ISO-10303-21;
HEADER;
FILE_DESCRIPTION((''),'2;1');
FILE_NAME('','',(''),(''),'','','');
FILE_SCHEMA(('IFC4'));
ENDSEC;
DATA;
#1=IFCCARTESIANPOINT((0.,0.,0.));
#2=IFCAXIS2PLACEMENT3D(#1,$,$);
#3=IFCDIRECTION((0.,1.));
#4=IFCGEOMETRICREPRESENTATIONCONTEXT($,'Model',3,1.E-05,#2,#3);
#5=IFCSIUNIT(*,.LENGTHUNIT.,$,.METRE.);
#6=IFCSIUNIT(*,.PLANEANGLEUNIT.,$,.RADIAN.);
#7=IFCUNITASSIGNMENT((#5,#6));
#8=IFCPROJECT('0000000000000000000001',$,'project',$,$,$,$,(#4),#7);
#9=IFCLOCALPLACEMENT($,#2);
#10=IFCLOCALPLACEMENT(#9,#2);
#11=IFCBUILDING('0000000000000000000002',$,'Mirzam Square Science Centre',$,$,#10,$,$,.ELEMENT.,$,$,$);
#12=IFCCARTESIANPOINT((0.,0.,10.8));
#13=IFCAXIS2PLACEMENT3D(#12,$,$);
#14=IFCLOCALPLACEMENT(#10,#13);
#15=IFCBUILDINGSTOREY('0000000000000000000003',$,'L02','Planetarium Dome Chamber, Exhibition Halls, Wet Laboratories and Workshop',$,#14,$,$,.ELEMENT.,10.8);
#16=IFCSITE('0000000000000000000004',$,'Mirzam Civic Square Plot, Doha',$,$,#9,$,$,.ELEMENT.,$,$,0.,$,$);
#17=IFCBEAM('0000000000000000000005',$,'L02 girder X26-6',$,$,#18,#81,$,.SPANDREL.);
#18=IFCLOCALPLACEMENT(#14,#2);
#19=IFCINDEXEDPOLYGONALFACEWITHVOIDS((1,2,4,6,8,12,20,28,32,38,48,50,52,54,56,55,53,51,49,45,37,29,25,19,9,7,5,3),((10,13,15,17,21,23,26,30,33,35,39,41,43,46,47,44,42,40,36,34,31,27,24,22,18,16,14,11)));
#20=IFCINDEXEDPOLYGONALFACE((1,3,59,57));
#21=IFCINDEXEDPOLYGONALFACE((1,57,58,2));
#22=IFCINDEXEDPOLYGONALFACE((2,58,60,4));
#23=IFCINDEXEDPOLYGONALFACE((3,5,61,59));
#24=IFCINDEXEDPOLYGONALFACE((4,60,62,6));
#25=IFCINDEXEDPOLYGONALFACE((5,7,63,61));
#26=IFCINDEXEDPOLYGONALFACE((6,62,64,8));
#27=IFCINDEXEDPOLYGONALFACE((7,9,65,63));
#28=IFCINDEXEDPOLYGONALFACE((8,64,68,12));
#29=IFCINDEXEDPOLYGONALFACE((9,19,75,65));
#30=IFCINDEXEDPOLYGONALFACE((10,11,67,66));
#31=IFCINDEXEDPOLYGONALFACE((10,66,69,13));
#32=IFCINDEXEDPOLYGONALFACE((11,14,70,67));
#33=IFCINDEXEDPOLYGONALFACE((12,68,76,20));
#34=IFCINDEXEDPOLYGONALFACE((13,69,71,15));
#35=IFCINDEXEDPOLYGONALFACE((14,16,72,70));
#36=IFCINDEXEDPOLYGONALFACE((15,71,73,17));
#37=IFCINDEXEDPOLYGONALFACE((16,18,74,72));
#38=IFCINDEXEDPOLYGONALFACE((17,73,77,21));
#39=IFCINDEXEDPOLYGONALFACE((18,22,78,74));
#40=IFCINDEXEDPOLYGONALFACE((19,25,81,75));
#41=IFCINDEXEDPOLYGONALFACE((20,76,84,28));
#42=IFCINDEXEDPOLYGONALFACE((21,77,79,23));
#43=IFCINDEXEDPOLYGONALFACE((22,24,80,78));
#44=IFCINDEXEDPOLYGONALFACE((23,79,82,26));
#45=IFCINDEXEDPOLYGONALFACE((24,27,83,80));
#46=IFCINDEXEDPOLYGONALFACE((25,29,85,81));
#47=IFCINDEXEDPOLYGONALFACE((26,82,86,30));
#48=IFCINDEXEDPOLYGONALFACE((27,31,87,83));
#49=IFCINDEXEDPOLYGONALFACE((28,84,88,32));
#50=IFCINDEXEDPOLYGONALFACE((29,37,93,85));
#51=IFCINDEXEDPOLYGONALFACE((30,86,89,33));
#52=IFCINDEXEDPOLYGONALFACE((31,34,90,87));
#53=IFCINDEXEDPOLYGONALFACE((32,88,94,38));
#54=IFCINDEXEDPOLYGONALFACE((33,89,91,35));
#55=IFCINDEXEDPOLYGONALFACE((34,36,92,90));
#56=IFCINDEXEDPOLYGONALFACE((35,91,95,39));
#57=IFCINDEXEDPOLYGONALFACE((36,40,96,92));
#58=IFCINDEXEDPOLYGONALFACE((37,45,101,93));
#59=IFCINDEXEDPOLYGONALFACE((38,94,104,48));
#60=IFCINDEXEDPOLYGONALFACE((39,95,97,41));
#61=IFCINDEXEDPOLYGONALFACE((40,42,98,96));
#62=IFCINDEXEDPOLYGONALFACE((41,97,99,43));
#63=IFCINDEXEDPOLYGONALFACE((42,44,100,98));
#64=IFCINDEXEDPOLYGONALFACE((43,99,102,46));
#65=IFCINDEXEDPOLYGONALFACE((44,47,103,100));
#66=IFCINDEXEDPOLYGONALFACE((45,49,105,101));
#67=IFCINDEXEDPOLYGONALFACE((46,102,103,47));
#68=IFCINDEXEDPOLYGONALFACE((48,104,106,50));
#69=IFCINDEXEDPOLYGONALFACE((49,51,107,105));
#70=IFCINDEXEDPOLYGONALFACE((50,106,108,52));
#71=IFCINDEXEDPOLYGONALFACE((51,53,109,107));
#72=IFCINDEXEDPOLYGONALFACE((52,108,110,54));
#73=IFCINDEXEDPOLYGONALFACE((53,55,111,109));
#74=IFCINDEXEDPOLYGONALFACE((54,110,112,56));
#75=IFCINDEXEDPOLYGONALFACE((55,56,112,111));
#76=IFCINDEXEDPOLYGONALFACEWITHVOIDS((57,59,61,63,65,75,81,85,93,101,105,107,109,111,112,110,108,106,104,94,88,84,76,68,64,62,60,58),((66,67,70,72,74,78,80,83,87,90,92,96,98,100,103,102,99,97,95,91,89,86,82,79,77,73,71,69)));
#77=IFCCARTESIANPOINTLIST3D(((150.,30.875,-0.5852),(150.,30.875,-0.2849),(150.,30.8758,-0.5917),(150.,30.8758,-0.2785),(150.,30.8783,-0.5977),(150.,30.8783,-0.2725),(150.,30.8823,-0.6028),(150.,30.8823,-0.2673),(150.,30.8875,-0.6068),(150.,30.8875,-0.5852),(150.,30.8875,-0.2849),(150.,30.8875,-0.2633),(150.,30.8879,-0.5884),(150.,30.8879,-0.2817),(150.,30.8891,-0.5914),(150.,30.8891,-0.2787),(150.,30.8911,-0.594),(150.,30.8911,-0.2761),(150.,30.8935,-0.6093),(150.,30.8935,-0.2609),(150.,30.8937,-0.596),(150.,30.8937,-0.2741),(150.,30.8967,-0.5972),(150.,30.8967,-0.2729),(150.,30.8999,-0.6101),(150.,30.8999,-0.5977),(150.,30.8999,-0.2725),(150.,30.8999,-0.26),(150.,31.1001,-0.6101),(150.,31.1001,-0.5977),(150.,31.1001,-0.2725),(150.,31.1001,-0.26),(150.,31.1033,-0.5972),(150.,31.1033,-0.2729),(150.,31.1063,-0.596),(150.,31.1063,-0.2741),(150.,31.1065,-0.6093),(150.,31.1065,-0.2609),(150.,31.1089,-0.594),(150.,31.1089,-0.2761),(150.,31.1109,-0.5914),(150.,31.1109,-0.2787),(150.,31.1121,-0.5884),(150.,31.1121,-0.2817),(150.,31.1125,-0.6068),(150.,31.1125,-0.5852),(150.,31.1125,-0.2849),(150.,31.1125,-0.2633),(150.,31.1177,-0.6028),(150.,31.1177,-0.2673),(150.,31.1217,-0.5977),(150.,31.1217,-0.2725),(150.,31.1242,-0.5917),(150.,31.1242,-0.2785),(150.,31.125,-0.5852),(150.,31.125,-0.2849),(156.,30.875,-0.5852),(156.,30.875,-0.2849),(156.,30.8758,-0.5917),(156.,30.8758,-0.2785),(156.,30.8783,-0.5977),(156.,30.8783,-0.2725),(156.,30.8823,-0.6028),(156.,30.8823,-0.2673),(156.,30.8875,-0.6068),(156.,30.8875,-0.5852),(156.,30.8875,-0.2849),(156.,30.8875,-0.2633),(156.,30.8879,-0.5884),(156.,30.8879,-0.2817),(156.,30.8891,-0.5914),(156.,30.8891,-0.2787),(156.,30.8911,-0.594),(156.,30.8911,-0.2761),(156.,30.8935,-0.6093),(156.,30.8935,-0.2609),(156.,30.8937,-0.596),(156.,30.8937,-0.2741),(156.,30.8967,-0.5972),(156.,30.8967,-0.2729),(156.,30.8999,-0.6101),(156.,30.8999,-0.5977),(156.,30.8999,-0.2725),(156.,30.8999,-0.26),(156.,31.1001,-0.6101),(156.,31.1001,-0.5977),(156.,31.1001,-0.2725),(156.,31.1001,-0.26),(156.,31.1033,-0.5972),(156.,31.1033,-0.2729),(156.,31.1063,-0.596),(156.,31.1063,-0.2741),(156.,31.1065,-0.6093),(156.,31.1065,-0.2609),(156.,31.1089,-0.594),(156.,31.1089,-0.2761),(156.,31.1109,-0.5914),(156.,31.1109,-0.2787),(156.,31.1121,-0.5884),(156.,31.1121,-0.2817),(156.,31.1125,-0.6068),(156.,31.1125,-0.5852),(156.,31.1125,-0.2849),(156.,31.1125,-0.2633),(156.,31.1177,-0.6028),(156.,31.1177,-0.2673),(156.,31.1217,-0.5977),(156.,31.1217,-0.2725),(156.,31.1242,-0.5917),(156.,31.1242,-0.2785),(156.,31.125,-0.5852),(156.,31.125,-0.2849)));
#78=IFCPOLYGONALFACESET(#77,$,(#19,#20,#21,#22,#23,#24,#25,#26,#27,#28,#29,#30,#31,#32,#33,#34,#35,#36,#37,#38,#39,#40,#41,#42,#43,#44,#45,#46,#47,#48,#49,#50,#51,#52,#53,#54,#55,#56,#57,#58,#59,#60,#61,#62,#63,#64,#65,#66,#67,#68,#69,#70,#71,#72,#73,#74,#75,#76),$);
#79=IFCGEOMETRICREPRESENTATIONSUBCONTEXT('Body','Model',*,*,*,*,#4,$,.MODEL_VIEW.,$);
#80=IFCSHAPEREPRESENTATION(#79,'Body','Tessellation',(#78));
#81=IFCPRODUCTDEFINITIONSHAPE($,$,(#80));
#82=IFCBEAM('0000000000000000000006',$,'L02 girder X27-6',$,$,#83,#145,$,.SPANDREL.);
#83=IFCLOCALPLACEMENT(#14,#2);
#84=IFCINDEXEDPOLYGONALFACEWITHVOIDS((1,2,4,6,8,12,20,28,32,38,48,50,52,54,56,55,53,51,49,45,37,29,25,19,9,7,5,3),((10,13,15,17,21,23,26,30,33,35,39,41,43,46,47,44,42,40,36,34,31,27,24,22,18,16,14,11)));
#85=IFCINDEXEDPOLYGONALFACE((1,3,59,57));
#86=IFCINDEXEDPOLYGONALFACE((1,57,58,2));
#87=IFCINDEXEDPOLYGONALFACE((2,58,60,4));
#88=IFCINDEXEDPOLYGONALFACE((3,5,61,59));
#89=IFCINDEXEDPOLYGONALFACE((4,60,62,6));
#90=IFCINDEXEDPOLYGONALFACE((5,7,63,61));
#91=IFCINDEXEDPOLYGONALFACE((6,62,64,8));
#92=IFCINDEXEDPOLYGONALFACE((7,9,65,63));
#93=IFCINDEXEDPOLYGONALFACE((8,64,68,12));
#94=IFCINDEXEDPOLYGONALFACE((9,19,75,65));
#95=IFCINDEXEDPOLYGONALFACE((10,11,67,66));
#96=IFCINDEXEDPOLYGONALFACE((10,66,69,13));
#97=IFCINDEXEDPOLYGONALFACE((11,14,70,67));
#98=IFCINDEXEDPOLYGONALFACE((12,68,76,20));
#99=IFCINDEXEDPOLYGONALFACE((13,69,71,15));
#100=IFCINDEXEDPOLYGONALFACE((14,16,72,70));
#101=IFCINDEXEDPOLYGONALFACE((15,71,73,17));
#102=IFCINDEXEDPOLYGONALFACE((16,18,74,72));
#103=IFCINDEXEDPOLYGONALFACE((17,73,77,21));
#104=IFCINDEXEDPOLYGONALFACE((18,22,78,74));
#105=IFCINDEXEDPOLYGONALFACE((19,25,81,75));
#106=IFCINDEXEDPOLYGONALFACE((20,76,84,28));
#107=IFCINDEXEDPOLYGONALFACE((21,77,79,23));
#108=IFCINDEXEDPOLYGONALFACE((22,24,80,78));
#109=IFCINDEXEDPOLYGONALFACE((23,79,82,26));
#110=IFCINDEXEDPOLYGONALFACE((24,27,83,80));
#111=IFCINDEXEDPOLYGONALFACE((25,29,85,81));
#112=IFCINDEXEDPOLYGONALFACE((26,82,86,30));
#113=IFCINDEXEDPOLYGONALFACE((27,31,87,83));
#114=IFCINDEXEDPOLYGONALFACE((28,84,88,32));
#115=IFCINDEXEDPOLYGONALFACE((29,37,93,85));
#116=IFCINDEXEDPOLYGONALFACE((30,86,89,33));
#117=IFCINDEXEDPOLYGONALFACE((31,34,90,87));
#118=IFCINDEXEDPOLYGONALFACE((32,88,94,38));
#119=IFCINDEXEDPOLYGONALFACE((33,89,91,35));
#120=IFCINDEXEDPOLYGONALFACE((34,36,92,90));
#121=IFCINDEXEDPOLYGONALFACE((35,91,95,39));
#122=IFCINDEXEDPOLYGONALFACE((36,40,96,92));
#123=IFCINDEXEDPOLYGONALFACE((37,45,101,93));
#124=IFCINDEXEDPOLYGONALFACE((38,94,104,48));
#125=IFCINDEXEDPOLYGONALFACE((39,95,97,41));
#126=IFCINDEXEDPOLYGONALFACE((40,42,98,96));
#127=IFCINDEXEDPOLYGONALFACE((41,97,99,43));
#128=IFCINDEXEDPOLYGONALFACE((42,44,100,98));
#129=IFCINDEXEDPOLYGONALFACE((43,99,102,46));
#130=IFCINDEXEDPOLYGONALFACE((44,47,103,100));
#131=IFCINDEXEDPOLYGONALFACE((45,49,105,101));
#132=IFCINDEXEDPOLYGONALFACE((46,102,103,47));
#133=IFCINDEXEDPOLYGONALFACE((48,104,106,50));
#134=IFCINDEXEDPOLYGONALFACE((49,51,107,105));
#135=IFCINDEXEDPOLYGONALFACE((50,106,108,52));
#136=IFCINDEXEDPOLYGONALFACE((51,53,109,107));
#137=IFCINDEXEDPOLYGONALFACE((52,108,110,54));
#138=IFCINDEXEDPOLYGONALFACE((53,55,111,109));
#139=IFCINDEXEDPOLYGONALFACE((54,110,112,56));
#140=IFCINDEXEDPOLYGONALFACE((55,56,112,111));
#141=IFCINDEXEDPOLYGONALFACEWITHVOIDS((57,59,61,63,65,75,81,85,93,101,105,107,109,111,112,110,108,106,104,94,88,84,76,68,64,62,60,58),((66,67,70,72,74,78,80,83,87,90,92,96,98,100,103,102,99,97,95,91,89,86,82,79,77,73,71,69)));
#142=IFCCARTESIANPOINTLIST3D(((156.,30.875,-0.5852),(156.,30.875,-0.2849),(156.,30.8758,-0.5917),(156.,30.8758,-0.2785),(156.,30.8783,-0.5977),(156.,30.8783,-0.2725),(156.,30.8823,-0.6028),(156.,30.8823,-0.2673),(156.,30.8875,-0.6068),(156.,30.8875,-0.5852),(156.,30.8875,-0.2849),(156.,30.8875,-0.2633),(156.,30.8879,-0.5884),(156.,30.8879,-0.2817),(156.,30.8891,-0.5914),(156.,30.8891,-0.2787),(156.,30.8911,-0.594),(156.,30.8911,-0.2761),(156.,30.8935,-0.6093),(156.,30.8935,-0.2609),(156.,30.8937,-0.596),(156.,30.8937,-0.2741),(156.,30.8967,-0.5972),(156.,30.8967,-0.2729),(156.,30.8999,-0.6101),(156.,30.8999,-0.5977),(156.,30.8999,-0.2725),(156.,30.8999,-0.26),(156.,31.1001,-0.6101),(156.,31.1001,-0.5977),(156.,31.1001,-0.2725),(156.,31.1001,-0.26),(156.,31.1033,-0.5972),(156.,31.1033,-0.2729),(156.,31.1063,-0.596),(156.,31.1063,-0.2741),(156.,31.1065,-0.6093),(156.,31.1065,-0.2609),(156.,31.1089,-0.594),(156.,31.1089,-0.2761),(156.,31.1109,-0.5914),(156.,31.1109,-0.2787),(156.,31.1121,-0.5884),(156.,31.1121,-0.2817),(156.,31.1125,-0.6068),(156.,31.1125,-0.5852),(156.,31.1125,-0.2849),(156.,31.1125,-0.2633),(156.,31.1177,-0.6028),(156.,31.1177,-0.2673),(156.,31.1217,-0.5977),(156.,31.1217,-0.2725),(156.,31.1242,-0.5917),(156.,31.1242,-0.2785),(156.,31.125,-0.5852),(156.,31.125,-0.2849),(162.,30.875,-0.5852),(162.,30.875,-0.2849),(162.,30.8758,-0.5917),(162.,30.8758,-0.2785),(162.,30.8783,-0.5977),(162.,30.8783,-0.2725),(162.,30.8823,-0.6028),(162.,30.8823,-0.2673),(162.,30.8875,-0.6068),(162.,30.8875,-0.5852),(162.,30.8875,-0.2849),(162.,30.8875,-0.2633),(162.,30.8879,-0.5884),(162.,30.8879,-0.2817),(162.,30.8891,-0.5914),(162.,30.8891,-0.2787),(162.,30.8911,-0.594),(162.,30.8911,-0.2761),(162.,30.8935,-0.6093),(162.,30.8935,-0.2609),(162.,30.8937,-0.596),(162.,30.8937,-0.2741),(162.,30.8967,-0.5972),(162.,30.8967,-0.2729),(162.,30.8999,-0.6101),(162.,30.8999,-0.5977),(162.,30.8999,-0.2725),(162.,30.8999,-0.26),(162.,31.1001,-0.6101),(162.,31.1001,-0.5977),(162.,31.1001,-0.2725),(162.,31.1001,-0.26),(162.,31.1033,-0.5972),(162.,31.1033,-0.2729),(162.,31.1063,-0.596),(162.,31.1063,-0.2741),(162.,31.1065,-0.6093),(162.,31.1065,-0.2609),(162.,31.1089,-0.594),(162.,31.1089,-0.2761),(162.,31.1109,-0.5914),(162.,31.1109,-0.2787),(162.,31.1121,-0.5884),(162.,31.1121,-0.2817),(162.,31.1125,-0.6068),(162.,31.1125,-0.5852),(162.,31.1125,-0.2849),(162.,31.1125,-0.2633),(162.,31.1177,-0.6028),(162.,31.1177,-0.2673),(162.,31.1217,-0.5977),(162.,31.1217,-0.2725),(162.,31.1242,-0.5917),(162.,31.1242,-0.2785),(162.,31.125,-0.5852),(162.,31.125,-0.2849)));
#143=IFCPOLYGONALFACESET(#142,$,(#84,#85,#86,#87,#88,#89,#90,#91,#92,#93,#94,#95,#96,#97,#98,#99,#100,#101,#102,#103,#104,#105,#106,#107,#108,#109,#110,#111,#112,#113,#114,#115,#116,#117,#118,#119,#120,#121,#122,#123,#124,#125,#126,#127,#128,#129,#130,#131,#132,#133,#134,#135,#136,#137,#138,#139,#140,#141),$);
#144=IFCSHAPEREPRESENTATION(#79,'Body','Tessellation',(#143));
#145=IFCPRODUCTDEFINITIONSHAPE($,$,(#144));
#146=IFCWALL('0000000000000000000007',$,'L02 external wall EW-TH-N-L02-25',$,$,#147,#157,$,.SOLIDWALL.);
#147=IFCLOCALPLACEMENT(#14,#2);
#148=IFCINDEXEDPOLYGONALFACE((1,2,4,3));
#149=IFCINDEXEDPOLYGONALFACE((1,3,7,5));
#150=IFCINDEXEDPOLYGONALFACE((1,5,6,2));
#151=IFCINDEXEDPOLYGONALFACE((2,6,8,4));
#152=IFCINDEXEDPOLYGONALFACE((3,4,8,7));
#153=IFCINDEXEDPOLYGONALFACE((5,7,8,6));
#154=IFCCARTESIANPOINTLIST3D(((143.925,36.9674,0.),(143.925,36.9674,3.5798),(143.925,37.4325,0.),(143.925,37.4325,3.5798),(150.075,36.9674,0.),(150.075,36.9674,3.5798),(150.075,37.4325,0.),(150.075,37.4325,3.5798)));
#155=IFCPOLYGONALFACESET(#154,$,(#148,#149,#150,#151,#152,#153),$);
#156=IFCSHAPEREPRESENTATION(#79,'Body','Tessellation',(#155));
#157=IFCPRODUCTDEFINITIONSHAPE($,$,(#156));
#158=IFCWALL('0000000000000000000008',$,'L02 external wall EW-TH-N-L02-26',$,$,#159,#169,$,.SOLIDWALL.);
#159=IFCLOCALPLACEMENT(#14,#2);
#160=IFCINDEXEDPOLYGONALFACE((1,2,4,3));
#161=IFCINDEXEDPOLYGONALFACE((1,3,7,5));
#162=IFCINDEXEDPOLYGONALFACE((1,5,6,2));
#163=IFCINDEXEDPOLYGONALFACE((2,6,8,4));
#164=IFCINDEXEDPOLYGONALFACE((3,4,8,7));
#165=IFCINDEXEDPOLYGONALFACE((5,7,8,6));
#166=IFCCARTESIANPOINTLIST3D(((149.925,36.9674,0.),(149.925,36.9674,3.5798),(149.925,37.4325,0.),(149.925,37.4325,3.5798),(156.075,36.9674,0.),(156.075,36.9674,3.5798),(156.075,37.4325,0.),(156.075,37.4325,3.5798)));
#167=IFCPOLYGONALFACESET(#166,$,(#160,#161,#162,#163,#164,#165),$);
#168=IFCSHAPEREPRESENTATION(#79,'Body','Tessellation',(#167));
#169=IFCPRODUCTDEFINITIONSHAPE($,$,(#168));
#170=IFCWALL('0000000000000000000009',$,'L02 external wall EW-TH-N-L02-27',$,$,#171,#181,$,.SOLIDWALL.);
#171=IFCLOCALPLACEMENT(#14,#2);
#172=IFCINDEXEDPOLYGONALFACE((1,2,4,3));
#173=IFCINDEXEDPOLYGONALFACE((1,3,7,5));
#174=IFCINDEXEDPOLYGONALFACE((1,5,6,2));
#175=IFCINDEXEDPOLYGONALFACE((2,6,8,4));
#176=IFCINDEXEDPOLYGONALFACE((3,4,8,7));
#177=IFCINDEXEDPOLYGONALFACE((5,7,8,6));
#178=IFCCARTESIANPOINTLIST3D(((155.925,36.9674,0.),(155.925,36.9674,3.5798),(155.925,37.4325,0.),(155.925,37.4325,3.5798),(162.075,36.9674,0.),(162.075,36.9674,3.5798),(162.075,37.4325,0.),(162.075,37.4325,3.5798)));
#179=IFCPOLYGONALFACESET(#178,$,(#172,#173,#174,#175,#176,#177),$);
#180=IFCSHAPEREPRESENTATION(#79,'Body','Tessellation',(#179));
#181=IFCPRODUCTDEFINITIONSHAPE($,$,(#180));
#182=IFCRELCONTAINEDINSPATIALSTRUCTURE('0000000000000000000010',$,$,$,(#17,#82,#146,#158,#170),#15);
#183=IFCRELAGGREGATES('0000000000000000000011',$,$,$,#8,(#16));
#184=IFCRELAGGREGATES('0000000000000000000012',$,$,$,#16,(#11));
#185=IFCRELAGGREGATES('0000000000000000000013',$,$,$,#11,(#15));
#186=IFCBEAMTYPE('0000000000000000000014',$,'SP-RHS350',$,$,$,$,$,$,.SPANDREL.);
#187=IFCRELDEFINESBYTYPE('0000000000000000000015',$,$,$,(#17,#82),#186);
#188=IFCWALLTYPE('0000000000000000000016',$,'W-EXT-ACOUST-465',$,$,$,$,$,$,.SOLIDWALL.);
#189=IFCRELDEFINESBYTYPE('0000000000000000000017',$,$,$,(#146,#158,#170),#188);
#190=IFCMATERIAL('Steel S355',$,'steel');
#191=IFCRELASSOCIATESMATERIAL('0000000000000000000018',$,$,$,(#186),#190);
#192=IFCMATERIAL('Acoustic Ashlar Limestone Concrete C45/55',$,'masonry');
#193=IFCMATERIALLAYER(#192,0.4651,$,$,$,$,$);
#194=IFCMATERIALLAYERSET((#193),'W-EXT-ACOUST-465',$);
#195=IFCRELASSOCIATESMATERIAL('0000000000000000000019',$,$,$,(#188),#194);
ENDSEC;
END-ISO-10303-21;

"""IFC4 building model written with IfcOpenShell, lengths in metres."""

from ifc_helpers import new_model, si_unit, direction, frame, frame_2d, origin, origin_2d, place, context, subcontext, project, spatial, rectangle, hollow_rectangle, extrude, material, layer, layer_set, material_profile, profile_set, type_object, element, save


model = new_model("IFC4")

# Units and contexts
model_context = context("Model", 3, precision=1e-05, world=origin(), true_north=direction((0.0, 1.0)))
body_context = subcontext(model_context, "Body", "Model", "MODEL_VIEW")
ifc_project = project(units=[si_unit("LENGTHUNIT", "METRE"), si_unit("PLANEANGLEUNIT", "RADIAN")], contexts=[model_context])

# Site, building, storey
site_placement = place(None, origin())
site = spatial("IfcSite", under=ifc_project, at=site_placement, Name="Mirzam Civic Square Plot, Doha", CompositionType="ELEMENT", RefElevation=0.0)
building_placement = place(site_placement, origin())
building = spatial("IfcBuilding", under=site, at=building_placement, Name="Mirzam Square Science Centre", CompositionType="ELEMENT")
storey_placement = place(building_placement, frame((0.0, 0.0, 10.8)))
storey = spatial("IfcBuildingStorey", under=building, at=storey_placement, Name="L02", Description="Planetarium Dome Chamber, Exhibition Halls, Wet Laboratories and Workshop", CompositionType="ELEMENT", Elevation=10.8)

# Shared definitions
ifc_material_1 = material(Name="Steel S355", Category="steel")

# Beams
ifc_material_profile_1 = material_profile(ifc_material_1, hollow_rectangle(XDim=0.25, YDim=0.3501, WallThickness=0.0125, InnerFilletRadius=0.0125, OuterFilletRadius=0.0249, at=origin_2d()), Name="350x250x12.5RHS")
ifc_profile_set_1 = profile_set([ifc_material_profile_1], Name="Steel S355")
beam_type_1 = type_object("IfcBeamType", Name="SP-RHS350", PredefinedType="SPANDREL", material=ifc_profile_set_1)
for number, where, z_axis, x_axis, name in (
    (1, (150.0, 31.0, -0.4351), (1.0, 0.0, 0.0), (0.0, 1.0, 0.0), "L02 girder X26-6"),
    (2, (156.0, 31.0, -0.4351), (1.0, 0.0, 0.0), (0.0, 1.0, 0.0), "L02 girder X27-6"),
):
    element("IfcBeam", number, at=place(storey_placement, frame(where, z_axis=z_axis, x_axis=x_axis)), inside=storey, type_object=beam_type_1, Name=name, PredefinedType="SPANDREL", context=body_context, shape_type="SweptSolid", body=[
        extrude(hollow_rectangle(XDim=0.25, YDim=0.3501, WallThickness=0.0125, InnerFilletRadius=0.0125, OuterFilletRadius=0.0249, at=origin_2d()), origin(), (0.0, 0.0, 1.0), 6.0),
    ])

# Walls
ifc_material_2 = material(Name="Acoustic Ashlar Limestone Concrete C45/55", Category="masonry")
ifc_layer_1 = layer(ifc_material_2, 0.4651)
ifc_layer_set_1 = layer_set([ifc_layer_1], Name="W-EXT-ACOUST-465")
wall_type_1 = type_object("IfcWallType", Name="W-EXT-ACOUST-465", PredefinedType="SOLIDWALL", material=ifc_layer_set_1)
for number, where, z_axis, x_axis, name in (
    (3, (150.075, 37.2, 0.0), (0.0, 0.0, 1.0), (-1.0, 0.0, 0.0), "L02 external wall EW-TH-N-L02-25"),
    (4, (156.075, 37.2, 0.0), (0.0, 0.0, 1.0), (-1.0, 0.0, 0.0), "L02 external wall EW-TH-N-L02-26"),
    (5, (162.075, 37.2, 0.0), (0.0, 0.0, 1.0), (-1.0, 0.0, 0.0), "L02 external wall EW-TH-N-L02-27"),
):
    element("IfcWall", number, at=place(storey_placement, frame(where, z_axis=z_axis, x_axis=x_axis)), inside=storey, type_object=wall_type_1, Name=name, PredefinedType="SOLIDWALL", context=body_context, shape_type="SweptSolid", body=[
        extrude(rectangle(XDim=6.1499, YDim=0.4651, at=frame_2d((3.075, 0.0))), origin(), (0.0, 0.0, 1.0), 3.5798),
    ])

save(model, "model.ifc")
